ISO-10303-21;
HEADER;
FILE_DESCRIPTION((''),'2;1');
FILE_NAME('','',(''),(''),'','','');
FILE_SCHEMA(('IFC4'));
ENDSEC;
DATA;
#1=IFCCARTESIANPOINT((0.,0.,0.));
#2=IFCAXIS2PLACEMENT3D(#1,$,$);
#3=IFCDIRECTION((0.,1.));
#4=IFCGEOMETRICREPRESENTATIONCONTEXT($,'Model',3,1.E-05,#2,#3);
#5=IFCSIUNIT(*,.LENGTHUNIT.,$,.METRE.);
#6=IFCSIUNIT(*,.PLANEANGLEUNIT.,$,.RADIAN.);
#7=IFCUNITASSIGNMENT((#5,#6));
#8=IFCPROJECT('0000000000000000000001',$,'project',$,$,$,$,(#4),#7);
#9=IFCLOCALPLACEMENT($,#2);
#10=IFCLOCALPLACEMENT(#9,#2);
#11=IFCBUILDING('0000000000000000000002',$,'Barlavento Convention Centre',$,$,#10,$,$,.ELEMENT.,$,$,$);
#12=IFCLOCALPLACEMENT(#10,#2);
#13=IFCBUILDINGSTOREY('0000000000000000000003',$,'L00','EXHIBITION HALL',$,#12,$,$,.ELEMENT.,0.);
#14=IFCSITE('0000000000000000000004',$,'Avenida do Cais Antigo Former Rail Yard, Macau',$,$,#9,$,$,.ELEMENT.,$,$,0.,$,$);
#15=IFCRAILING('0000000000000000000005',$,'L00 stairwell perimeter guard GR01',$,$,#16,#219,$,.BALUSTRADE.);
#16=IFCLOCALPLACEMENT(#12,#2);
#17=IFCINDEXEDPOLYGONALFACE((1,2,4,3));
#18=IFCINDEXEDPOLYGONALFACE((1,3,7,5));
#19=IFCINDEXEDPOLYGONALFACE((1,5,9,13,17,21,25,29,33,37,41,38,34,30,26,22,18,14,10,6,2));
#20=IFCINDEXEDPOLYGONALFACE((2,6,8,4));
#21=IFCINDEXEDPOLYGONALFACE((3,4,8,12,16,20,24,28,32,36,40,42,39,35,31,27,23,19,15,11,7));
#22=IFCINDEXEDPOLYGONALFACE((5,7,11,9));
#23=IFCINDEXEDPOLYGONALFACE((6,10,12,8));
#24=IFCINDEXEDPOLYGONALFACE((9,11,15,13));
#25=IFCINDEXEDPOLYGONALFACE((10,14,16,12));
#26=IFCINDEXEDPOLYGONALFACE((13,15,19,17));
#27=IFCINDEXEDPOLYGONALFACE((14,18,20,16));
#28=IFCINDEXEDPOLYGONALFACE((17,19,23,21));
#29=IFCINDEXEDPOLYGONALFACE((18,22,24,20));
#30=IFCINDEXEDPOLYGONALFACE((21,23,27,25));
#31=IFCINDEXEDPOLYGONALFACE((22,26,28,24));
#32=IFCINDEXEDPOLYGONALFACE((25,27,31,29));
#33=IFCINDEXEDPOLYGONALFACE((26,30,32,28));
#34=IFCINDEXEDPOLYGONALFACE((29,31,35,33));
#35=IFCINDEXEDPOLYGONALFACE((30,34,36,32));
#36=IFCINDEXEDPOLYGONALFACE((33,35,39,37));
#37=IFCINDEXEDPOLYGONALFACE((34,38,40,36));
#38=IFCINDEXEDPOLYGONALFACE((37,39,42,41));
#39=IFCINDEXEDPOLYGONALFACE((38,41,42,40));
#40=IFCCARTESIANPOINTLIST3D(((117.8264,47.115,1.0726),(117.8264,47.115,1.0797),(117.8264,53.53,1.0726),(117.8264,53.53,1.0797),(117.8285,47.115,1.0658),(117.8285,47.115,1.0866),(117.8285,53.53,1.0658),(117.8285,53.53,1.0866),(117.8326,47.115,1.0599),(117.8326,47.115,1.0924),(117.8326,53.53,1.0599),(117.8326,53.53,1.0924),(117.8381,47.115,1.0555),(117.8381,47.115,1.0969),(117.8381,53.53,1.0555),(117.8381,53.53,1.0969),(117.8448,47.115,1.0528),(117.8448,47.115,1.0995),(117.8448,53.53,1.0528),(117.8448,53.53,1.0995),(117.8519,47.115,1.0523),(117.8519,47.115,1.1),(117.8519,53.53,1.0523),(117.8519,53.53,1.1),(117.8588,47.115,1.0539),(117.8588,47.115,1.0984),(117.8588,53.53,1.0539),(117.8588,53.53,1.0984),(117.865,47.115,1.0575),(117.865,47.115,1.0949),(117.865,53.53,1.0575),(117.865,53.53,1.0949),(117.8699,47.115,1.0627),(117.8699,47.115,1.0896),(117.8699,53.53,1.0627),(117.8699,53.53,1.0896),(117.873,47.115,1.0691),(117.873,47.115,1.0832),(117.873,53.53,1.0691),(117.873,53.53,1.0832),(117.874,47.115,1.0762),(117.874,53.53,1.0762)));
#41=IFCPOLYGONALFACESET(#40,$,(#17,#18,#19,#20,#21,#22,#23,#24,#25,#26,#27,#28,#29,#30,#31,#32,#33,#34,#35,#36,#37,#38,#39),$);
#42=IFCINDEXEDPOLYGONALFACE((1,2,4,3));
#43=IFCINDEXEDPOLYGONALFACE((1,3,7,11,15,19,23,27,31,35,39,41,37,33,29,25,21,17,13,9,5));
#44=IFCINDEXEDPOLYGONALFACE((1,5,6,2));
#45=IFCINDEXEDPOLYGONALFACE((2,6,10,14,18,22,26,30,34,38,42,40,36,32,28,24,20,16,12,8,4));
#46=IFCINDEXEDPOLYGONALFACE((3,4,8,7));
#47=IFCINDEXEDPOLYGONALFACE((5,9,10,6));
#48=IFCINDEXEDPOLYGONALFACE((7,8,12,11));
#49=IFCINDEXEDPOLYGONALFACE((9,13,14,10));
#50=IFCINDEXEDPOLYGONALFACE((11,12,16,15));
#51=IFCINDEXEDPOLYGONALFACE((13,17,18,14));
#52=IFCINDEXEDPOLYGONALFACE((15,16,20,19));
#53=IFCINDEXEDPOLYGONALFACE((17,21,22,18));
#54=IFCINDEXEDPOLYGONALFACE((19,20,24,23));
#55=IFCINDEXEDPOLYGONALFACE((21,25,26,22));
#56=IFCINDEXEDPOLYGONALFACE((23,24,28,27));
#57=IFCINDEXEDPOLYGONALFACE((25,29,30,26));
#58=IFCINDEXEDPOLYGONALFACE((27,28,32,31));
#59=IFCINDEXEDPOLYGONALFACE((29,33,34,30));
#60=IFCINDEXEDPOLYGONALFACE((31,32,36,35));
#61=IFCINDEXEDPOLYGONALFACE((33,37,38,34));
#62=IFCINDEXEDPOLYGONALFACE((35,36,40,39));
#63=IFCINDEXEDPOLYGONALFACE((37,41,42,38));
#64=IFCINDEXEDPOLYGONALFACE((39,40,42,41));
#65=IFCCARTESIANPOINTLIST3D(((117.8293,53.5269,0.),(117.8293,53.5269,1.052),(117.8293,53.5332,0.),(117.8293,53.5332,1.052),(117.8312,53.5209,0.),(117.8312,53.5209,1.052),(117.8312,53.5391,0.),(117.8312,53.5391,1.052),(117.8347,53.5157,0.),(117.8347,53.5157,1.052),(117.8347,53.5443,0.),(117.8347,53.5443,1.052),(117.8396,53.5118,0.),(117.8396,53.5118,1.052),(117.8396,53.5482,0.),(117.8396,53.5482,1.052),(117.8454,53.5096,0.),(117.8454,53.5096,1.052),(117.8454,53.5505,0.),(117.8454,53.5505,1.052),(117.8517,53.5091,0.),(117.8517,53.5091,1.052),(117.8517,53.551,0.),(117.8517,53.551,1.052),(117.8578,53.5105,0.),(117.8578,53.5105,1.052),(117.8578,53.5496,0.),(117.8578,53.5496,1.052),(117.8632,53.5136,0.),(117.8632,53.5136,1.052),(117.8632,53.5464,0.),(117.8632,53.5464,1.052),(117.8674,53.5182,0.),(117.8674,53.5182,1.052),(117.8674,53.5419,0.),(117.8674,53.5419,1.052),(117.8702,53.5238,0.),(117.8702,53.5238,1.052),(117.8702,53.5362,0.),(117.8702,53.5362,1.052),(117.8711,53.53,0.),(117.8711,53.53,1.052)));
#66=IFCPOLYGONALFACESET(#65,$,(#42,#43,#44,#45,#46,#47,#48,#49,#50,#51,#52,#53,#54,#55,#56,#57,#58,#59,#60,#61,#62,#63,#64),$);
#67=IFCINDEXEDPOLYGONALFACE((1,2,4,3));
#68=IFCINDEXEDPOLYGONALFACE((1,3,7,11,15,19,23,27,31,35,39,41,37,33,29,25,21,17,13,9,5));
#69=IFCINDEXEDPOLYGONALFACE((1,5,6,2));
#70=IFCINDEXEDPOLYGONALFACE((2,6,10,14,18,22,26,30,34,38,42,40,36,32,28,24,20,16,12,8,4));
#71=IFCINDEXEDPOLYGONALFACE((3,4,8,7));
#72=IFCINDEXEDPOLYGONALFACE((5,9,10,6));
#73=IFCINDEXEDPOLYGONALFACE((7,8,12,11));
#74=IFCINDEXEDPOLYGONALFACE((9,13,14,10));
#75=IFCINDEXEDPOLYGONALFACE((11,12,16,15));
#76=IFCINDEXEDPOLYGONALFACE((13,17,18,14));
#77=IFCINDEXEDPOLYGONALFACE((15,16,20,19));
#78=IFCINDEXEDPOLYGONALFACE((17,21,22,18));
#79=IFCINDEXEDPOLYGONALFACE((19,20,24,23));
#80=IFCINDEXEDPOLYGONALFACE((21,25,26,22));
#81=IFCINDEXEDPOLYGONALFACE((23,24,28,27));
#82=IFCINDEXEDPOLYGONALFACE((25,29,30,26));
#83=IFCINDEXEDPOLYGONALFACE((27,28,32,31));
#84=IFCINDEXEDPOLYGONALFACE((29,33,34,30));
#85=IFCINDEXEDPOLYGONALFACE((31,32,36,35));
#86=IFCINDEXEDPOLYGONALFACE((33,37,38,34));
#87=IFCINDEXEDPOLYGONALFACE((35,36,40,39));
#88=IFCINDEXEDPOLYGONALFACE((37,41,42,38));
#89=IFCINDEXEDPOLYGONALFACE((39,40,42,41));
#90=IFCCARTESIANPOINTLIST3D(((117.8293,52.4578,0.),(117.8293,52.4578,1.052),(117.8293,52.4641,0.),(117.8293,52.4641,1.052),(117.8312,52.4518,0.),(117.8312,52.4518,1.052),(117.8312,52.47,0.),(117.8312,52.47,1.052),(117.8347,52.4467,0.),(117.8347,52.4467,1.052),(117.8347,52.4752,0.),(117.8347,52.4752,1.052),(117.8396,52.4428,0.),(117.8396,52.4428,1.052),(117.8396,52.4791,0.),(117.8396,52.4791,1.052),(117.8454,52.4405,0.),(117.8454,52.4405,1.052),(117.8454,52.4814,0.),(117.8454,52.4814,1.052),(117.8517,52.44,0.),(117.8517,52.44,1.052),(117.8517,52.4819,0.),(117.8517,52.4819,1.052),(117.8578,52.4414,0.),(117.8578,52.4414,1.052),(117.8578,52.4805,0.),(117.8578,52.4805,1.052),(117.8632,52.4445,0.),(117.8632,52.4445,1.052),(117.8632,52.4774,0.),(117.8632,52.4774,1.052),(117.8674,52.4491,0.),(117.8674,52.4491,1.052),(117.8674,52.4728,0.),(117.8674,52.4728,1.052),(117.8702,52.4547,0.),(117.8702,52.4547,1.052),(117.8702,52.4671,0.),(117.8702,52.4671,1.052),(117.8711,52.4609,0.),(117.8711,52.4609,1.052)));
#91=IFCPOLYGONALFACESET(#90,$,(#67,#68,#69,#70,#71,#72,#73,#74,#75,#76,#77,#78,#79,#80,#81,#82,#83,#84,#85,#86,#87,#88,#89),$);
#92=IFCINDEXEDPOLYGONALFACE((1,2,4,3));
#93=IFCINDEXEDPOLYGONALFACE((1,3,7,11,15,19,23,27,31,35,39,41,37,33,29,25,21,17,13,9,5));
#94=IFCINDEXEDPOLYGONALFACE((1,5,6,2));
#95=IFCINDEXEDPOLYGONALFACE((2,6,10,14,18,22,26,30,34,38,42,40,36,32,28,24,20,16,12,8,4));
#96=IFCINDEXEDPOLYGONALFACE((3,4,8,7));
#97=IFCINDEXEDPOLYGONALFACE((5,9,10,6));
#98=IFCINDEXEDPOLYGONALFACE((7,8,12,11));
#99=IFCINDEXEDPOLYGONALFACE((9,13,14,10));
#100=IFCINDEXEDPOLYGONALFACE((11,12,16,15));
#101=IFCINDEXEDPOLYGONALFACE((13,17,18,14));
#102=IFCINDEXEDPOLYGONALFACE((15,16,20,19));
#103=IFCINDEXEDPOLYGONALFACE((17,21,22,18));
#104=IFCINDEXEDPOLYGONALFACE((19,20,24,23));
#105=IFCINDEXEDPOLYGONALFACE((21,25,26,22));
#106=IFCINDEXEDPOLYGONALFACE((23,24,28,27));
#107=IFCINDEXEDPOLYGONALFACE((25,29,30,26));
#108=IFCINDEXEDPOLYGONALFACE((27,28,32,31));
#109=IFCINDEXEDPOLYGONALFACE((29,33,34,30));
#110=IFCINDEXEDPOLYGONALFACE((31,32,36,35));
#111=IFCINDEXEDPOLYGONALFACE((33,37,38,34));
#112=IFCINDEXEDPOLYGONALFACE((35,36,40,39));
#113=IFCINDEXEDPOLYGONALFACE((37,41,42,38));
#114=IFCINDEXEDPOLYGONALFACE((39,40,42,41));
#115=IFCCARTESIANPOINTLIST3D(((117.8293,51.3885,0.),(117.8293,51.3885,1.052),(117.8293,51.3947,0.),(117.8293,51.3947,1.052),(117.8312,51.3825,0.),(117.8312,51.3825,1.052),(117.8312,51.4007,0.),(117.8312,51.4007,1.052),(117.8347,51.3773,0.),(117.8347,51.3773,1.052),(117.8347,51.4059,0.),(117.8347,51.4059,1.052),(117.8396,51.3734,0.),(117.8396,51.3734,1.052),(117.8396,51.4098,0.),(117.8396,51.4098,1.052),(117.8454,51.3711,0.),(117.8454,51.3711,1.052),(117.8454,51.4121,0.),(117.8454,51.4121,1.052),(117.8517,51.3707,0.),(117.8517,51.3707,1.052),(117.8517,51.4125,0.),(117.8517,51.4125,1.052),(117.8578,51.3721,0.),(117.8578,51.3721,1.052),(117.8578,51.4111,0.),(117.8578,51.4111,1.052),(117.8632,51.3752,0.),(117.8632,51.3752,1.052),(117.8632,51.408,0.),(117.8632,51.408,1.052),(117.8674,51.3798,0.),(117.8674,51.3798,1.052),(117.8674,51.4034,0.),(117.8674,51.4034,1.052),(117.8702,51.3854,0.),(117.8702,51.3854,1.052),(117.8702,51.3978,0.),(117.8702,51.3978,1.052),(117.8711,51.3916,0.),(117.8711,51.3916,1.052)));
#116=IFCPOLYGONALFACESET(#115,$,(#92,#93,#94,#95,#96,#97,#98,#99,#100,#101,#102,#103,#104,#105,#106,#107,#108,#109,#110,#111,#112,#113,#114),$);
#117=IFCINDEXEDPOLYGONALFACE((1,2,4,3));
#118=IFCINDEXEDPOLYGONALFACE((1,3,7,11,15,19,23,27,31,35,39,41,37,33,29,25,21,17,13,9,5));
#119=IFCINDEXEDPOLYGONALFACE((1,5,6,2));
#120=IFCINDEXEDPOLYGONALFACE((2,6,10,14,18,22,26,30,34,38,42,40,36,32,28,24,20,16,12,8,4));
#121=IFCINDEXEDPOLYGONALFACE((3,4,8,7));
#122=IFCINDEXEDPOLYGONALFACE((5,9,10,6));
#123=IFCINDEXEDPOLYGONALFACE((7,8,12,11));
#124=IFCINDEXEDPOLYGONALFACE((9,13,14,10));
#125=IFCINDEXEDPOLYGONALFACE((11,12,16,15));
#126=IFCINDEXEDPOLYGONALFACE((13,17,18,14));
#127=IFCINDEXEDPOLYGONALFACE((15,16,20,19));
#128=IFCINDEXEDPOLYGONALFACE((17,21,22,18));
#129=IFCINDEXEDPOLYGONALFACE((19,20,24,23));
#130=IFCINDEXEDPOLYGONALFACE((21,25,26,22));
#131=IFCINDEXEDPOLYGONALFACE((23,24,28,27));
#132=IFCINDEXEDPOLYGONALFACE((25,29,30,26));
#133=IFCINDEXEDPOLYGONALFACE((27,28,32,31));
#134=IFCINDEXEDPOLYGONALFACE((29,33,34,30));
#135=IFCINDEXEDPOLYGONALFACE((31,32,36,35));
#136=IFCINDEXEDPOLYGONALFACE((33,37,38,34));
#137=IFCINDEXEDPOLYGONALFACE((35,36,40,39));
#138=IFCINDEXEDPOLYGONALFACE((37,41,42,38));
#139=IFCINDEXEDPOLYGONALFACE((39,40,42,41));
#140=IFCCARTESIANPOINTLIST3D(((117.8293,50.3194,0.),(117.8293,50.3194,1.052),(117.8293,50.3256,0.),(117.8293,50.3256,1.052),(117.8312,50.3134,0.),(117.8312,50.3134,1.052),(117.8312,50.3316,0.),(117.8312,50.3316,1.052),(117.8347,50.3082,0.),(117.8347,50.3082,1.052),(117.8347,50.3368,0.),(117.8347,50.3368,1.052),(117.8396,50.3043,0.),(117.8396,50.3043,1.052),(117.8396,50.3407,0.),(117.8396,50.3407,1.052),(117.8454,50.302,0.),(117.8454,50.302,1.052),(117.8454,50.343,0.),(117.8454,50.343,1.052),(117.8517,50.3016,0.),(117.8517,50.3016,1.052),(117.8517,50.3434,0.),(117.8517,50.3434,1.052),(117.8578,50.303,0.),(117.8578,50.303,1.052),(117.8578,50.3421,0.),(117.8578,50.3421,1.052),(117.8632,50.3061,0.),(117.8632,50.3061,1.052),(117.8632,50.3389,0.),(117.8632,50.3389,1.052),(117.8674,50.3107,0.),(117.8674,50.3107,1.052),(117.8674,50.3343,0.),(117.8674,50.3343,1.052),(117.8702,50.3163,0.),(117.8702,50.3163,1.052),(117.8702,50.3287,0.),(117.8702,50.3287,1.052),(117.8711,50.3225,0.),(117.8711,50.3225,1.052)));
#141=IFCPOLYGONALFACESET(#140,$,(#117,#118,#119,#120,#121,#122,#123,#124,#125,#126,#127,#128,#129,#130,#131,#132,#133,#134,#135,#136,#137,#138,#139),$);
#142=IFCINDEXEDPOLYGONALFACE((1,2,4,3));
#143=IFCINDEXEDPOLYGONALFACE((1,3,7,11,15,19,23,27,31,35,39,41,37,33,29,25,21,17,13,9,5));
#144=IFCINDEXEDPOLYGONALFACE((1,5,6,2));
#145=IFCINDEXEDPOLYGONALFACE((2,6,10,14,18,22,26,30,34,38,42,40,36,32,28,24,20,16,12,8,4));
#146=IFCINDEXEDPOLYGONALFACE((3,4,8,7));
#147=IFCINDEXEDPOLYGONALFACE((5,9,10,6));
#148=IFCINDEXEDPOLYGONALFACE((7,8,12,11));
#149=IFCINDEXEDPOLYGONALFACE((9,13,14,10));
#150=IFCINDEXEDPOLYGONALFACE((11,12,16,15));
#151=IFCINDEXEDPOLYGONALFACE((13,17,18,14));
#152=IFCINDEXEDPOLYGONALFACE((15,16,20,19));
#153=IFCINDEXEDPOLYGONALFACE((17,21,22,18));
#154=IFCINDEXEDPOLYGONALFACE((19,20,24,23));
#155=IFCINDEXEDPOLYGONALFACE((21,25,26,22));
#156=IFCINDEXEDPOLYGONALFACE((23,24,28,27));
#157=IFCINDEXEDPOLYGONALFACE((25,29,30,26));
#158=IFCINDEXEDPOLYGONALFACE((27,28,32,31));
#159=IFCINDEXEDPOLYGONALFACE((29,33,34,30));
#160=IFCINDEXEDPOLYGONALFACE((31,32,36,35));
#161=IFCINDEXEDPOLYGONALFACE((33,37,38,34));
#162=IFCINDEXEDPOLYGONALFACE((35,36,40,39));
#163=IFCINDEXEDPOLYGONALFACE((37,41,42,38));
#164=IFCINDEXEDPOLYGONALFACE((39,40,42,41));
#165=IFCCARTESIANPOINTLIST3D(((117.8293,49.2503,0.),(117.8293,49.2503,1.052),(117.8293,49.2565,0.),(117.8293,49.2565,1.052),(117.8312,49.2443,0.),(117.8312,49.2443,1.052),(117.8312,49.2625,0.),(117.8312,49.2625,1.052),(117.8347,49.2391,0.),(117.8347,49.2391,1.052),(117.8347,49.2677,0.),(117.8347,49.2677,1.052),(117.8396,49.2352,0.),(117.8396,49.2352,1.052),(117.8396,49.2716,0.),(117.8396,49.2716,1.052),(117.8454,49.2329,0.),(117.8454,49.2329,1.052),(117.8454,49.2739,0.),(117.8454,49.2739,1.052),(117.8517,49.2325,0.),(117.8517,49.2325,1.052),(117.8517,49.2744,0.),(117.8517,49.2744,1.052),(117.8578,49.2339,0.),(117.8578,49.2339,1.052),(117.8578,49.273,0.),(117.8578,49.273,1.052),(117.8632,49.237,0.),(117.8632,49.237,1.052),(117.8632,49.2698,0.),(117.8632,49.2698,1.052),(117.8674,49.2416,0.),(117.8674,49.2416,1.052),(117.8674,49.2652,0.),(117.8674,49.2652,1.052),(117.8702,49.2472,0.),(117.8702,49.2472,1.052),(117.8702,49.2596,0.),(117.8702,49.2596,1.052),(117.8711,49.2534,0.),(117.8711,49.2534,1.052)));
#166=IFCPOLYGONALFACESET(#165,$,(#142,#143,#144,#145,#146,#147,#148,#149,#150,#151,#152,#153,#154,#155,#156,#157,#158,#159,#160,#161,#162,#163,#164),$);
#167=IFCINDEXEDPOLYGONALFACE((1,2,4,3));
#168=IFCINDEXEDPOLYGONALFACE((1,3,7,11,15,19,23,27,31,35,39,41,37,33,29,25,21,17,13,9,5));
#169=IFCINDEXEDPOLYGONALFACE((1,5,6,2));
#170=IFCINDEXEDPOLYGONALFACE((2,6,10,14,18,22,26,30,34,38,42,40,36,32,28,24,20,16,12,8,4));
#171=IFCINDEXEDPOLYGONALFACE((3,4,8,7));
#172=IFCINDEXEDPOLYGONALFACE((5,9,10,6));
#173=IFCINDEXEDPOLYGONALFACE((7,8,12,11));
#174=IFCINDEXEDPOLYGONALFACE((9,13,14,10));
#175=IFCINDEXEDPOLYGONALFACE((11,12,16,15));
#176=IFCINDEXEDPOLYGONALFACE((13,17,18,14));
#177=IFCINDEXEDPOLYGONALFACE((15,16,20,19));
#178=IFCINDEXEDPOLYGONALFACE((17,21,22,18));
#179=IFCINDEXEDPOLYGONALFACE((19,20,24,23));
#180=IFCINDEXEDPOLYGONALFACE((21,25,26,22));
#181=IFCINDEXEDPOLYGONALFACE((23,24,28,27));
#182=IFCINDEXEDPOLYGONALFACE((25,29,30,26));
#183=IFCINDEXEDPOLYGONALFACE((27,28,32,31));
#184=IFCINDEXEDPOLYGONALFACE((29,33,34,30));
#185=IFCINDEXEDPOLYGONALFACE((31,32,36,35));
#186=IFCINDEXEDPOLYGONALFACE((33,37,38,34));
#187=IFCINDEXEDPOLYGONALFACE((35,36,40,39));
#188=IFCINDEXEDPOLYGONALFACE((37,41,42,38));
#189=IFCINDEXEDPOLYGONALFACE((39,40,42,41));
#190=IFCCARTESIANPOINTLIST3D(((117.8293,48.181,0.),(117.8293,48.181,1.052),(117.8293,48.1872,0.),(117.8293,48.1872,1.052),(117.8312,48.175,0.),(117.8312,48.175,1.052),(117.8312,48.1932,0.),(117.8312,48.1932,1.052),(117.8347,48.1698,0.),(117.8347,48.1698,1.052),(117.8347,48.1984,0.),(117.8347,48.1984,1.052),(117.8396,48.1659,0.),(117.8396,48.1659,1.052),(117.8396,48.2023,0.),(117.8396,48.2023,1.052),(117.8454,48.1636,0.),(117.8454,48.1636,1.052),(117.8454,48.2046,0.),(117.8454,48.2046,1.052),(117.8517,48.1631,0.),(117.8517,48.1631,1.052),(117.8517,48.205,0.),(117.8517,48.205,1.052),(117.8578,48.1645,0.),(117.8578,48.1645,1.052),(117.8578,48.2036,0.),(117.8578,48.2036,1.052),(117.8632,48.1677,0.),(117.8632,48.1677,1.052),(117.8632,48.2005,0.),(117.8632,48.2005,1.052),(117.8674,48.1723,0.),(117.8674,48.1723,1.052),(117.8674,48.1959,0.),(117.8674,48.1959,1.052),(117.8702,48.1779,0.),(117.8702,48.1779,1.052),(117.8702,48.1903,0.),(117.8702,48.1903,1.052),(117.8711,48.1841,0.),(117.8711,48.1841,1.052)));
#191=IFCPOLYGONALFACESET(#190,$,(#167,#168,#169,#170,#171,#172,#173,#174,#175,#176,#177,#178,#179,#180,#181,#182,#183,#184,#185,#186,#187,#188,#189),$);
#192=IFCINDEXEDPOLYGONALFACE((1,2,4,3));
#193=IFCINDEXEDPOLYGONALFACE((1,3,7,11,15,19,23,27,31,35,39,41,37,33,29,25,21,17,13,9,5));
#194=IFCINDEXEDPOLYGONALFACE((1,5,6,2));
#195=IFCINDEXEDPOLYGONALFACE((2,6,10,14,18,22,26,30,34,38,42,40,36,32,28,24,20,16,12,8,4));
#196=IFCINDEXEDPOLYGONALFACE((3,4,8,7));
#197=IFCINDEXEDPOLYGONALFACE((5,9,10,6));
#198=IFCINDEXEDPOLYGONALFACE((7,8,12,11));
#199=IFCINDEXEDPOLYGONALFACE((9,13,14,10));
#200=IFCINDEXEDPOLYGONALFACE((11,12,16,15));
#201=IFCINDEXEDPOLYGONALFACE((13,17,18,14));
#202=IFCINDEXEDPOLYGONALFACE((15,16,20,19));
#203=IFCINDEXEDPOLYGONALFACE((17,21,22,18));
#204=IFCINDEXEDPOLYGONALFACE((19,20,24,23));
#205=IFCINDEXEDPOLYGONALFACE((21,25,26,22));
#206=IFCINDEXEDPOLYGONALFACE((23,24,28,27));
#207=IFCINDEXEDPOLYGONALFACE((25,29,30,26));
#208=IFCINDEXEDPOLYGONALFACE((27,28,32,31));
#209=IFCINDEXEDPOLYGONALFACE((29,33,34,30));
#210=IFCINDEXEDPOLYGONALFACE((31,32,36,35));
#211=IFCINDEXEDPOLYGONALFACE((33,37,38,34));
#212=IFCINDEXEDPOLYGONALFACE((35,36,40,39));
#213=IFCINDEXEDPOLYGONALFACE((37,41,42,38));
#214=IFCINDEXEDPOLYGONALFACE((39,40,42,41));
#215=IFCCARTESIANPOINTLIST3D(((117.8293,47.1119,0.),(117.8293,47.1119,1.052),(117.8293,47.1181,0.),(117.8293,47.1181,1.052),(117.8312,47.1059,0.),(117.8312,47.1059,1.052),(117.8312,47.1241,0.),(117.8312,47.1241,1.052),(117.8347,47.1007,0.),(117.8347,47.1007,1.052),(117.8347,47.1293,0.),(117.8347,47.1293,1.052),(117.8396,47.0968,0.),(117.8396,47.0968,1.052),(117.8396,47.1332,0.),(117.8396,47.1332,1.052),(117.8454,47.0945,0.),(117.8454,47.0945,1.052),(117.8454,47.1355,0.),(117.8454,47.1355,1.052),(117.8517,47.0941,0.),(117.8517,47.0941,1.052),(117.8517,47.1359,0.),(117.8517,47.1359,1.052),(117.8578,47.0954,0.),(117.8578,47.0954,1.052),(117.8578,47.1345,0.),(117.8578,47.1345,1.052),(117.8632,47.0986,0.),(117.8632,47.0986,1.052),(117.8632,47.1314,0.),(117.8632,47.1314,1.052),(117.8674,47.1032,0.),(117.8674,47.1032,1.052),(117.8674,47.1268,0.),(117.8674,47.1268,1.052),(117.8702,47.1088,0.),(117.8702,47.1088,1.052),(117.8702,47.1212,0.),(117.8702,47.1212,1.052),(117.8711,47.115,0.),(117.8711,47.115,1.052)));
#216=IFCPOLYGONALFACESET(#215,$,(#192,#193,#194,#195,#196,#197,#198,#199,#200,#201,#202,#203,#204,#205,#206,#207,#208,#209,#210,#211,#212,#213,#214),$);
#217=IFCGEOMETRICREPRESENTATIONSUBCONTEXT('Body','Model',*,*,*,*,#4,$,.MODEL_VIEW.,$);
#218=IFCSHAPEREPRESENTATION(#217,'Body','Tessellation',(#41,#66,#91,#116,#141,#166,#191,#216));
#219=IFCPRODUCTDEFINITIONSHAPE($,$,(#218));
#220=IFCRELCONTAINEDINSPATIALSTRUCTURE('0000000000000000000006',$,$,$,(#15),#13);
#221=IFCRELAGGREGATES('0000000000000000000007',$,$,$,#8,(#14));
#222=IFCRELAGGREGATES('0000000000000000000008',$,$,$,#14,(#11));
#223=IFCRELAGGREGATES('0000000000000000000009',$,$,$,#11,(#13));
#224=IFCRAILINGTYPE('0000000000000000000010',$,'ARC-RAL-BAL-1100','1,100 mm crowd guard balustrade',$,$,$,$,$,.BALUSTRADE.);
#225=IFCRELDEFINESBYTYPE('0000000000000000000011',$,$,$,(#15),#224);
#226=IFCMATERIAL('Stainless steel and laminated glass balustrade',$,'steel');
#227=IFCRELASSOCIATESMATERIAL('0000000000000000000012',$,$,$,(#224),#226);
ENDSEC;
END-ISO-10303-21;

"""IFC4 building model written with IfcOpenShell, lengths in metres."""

from ifc_helpers import new_model, si_unit, direction, frame, origin, origin_2d, place, context, subcontext, project, spatial, circle, extrude, material, type_object, element, save


model = new_model("IFC4")

# Units and contexts
model_context = context("Model", 3, precision=1e-05, world=origin(), true_north=direction((0.0, 1.0)))
body_context = subcontext(model_context, "Body", "Model", "MODEL_VIEW")
ifc_project = project(units=[si_unit("LENGTHUNIT", "METRE"), si_unit("PLANEANGLEUNIT", "RADIAN")], contexts=[model_context])

# Site, building, storey
site_placement = place(None, origin())
site = spatial("IfcSite", under=ifc_project, at=site_placement, Name="Avenida do Cais Antigo Former Rail Yard, Macau", CompositionType="ELEMENT", RefElevation=0.0)
building_placement = place(site_placement, origin())
building = spatial("IfcBuilding", under=site, at=building_placement, Name="Barlavento Convention Centre", CompositionType="ELEMENT")
storey_placement = place(building_placement, origin())
storey = spatial("IfcBuildingStorey", under=building, at=storey_placement, Name="L00", Description="EXHIBITION HALL", CompositionType="ELEMENT", Elevation=0.0)

# Railing
ifc_material_1 = material(Name="Stainless steel and laminated glass balustrade", Category="steel")
railing_type_1 = type_object("IfcRailingType", Name="ARC-RAL-BAL-1100", Description="1,100 mm crowd guard balustrade", PredefinedType="BALUSTRADE", material=ifc_material_1)
railing_1_placement = place(storey_placement, frame((117.8501, 53.53, 0.0)))
element("IfcRailing", 1, at=railing_1_placement, inside=storey, type_object=railing_type_1, Name="L00 stairwell perimeter guard GR01", PredefinedType="BALUSTRADE", context=body_context, shape_type="SweptSolid", body=[
    extrude(circle(Radius=0.0239, at=origin_2d()), frame((0.0, 0.0, 1.0762), z_axis=(0.0, -1.0, 0.0), x_axis=(1.0, 0.0, 0.0)), (0.0, 0.0, 1.0), 6.415),
    extrude(circle(Radius=0.021, at=origin_2d()), origin(), (0.0, 0.0, 1.0), 1.052),
    extrude(circle(Radius=0.021, at=origin_2d()), frame((0.0, -1.0691, 0.0)), (0.0, 0.0, 1.0), 1.052),
    extrude(circle(Radius=0.021, at=origin_2d()), frame((0.0, -2.1384, 0.0)), (0.0, 0.0, 1.0), 1.052),
    extrude(circle(Radius=0.021, at=origin_2d()), frame((0.0, -3.2075, 0.0)), (0.0, 0.0, 1.0), 1.052),
    extrude(circle(Radius=0.021, at=origin_2d()), frame((0.0, -4.2766, 0.0)), (0.0, 0.0, 1.0), 1.052),
    extrude(circle(Radius=0.021, at=origin_2d()), frame((0.0, -5.3459, 0.0)), (0.0, 0.0, 1.0), 1.052),
    extrude(circle(Radius=0.021, at=origin_2d()), frame((0.0, -6.415, 0.0)), (0.0, 0.0, 1.0), 1.052),
])

save(model, "model.ifc")
